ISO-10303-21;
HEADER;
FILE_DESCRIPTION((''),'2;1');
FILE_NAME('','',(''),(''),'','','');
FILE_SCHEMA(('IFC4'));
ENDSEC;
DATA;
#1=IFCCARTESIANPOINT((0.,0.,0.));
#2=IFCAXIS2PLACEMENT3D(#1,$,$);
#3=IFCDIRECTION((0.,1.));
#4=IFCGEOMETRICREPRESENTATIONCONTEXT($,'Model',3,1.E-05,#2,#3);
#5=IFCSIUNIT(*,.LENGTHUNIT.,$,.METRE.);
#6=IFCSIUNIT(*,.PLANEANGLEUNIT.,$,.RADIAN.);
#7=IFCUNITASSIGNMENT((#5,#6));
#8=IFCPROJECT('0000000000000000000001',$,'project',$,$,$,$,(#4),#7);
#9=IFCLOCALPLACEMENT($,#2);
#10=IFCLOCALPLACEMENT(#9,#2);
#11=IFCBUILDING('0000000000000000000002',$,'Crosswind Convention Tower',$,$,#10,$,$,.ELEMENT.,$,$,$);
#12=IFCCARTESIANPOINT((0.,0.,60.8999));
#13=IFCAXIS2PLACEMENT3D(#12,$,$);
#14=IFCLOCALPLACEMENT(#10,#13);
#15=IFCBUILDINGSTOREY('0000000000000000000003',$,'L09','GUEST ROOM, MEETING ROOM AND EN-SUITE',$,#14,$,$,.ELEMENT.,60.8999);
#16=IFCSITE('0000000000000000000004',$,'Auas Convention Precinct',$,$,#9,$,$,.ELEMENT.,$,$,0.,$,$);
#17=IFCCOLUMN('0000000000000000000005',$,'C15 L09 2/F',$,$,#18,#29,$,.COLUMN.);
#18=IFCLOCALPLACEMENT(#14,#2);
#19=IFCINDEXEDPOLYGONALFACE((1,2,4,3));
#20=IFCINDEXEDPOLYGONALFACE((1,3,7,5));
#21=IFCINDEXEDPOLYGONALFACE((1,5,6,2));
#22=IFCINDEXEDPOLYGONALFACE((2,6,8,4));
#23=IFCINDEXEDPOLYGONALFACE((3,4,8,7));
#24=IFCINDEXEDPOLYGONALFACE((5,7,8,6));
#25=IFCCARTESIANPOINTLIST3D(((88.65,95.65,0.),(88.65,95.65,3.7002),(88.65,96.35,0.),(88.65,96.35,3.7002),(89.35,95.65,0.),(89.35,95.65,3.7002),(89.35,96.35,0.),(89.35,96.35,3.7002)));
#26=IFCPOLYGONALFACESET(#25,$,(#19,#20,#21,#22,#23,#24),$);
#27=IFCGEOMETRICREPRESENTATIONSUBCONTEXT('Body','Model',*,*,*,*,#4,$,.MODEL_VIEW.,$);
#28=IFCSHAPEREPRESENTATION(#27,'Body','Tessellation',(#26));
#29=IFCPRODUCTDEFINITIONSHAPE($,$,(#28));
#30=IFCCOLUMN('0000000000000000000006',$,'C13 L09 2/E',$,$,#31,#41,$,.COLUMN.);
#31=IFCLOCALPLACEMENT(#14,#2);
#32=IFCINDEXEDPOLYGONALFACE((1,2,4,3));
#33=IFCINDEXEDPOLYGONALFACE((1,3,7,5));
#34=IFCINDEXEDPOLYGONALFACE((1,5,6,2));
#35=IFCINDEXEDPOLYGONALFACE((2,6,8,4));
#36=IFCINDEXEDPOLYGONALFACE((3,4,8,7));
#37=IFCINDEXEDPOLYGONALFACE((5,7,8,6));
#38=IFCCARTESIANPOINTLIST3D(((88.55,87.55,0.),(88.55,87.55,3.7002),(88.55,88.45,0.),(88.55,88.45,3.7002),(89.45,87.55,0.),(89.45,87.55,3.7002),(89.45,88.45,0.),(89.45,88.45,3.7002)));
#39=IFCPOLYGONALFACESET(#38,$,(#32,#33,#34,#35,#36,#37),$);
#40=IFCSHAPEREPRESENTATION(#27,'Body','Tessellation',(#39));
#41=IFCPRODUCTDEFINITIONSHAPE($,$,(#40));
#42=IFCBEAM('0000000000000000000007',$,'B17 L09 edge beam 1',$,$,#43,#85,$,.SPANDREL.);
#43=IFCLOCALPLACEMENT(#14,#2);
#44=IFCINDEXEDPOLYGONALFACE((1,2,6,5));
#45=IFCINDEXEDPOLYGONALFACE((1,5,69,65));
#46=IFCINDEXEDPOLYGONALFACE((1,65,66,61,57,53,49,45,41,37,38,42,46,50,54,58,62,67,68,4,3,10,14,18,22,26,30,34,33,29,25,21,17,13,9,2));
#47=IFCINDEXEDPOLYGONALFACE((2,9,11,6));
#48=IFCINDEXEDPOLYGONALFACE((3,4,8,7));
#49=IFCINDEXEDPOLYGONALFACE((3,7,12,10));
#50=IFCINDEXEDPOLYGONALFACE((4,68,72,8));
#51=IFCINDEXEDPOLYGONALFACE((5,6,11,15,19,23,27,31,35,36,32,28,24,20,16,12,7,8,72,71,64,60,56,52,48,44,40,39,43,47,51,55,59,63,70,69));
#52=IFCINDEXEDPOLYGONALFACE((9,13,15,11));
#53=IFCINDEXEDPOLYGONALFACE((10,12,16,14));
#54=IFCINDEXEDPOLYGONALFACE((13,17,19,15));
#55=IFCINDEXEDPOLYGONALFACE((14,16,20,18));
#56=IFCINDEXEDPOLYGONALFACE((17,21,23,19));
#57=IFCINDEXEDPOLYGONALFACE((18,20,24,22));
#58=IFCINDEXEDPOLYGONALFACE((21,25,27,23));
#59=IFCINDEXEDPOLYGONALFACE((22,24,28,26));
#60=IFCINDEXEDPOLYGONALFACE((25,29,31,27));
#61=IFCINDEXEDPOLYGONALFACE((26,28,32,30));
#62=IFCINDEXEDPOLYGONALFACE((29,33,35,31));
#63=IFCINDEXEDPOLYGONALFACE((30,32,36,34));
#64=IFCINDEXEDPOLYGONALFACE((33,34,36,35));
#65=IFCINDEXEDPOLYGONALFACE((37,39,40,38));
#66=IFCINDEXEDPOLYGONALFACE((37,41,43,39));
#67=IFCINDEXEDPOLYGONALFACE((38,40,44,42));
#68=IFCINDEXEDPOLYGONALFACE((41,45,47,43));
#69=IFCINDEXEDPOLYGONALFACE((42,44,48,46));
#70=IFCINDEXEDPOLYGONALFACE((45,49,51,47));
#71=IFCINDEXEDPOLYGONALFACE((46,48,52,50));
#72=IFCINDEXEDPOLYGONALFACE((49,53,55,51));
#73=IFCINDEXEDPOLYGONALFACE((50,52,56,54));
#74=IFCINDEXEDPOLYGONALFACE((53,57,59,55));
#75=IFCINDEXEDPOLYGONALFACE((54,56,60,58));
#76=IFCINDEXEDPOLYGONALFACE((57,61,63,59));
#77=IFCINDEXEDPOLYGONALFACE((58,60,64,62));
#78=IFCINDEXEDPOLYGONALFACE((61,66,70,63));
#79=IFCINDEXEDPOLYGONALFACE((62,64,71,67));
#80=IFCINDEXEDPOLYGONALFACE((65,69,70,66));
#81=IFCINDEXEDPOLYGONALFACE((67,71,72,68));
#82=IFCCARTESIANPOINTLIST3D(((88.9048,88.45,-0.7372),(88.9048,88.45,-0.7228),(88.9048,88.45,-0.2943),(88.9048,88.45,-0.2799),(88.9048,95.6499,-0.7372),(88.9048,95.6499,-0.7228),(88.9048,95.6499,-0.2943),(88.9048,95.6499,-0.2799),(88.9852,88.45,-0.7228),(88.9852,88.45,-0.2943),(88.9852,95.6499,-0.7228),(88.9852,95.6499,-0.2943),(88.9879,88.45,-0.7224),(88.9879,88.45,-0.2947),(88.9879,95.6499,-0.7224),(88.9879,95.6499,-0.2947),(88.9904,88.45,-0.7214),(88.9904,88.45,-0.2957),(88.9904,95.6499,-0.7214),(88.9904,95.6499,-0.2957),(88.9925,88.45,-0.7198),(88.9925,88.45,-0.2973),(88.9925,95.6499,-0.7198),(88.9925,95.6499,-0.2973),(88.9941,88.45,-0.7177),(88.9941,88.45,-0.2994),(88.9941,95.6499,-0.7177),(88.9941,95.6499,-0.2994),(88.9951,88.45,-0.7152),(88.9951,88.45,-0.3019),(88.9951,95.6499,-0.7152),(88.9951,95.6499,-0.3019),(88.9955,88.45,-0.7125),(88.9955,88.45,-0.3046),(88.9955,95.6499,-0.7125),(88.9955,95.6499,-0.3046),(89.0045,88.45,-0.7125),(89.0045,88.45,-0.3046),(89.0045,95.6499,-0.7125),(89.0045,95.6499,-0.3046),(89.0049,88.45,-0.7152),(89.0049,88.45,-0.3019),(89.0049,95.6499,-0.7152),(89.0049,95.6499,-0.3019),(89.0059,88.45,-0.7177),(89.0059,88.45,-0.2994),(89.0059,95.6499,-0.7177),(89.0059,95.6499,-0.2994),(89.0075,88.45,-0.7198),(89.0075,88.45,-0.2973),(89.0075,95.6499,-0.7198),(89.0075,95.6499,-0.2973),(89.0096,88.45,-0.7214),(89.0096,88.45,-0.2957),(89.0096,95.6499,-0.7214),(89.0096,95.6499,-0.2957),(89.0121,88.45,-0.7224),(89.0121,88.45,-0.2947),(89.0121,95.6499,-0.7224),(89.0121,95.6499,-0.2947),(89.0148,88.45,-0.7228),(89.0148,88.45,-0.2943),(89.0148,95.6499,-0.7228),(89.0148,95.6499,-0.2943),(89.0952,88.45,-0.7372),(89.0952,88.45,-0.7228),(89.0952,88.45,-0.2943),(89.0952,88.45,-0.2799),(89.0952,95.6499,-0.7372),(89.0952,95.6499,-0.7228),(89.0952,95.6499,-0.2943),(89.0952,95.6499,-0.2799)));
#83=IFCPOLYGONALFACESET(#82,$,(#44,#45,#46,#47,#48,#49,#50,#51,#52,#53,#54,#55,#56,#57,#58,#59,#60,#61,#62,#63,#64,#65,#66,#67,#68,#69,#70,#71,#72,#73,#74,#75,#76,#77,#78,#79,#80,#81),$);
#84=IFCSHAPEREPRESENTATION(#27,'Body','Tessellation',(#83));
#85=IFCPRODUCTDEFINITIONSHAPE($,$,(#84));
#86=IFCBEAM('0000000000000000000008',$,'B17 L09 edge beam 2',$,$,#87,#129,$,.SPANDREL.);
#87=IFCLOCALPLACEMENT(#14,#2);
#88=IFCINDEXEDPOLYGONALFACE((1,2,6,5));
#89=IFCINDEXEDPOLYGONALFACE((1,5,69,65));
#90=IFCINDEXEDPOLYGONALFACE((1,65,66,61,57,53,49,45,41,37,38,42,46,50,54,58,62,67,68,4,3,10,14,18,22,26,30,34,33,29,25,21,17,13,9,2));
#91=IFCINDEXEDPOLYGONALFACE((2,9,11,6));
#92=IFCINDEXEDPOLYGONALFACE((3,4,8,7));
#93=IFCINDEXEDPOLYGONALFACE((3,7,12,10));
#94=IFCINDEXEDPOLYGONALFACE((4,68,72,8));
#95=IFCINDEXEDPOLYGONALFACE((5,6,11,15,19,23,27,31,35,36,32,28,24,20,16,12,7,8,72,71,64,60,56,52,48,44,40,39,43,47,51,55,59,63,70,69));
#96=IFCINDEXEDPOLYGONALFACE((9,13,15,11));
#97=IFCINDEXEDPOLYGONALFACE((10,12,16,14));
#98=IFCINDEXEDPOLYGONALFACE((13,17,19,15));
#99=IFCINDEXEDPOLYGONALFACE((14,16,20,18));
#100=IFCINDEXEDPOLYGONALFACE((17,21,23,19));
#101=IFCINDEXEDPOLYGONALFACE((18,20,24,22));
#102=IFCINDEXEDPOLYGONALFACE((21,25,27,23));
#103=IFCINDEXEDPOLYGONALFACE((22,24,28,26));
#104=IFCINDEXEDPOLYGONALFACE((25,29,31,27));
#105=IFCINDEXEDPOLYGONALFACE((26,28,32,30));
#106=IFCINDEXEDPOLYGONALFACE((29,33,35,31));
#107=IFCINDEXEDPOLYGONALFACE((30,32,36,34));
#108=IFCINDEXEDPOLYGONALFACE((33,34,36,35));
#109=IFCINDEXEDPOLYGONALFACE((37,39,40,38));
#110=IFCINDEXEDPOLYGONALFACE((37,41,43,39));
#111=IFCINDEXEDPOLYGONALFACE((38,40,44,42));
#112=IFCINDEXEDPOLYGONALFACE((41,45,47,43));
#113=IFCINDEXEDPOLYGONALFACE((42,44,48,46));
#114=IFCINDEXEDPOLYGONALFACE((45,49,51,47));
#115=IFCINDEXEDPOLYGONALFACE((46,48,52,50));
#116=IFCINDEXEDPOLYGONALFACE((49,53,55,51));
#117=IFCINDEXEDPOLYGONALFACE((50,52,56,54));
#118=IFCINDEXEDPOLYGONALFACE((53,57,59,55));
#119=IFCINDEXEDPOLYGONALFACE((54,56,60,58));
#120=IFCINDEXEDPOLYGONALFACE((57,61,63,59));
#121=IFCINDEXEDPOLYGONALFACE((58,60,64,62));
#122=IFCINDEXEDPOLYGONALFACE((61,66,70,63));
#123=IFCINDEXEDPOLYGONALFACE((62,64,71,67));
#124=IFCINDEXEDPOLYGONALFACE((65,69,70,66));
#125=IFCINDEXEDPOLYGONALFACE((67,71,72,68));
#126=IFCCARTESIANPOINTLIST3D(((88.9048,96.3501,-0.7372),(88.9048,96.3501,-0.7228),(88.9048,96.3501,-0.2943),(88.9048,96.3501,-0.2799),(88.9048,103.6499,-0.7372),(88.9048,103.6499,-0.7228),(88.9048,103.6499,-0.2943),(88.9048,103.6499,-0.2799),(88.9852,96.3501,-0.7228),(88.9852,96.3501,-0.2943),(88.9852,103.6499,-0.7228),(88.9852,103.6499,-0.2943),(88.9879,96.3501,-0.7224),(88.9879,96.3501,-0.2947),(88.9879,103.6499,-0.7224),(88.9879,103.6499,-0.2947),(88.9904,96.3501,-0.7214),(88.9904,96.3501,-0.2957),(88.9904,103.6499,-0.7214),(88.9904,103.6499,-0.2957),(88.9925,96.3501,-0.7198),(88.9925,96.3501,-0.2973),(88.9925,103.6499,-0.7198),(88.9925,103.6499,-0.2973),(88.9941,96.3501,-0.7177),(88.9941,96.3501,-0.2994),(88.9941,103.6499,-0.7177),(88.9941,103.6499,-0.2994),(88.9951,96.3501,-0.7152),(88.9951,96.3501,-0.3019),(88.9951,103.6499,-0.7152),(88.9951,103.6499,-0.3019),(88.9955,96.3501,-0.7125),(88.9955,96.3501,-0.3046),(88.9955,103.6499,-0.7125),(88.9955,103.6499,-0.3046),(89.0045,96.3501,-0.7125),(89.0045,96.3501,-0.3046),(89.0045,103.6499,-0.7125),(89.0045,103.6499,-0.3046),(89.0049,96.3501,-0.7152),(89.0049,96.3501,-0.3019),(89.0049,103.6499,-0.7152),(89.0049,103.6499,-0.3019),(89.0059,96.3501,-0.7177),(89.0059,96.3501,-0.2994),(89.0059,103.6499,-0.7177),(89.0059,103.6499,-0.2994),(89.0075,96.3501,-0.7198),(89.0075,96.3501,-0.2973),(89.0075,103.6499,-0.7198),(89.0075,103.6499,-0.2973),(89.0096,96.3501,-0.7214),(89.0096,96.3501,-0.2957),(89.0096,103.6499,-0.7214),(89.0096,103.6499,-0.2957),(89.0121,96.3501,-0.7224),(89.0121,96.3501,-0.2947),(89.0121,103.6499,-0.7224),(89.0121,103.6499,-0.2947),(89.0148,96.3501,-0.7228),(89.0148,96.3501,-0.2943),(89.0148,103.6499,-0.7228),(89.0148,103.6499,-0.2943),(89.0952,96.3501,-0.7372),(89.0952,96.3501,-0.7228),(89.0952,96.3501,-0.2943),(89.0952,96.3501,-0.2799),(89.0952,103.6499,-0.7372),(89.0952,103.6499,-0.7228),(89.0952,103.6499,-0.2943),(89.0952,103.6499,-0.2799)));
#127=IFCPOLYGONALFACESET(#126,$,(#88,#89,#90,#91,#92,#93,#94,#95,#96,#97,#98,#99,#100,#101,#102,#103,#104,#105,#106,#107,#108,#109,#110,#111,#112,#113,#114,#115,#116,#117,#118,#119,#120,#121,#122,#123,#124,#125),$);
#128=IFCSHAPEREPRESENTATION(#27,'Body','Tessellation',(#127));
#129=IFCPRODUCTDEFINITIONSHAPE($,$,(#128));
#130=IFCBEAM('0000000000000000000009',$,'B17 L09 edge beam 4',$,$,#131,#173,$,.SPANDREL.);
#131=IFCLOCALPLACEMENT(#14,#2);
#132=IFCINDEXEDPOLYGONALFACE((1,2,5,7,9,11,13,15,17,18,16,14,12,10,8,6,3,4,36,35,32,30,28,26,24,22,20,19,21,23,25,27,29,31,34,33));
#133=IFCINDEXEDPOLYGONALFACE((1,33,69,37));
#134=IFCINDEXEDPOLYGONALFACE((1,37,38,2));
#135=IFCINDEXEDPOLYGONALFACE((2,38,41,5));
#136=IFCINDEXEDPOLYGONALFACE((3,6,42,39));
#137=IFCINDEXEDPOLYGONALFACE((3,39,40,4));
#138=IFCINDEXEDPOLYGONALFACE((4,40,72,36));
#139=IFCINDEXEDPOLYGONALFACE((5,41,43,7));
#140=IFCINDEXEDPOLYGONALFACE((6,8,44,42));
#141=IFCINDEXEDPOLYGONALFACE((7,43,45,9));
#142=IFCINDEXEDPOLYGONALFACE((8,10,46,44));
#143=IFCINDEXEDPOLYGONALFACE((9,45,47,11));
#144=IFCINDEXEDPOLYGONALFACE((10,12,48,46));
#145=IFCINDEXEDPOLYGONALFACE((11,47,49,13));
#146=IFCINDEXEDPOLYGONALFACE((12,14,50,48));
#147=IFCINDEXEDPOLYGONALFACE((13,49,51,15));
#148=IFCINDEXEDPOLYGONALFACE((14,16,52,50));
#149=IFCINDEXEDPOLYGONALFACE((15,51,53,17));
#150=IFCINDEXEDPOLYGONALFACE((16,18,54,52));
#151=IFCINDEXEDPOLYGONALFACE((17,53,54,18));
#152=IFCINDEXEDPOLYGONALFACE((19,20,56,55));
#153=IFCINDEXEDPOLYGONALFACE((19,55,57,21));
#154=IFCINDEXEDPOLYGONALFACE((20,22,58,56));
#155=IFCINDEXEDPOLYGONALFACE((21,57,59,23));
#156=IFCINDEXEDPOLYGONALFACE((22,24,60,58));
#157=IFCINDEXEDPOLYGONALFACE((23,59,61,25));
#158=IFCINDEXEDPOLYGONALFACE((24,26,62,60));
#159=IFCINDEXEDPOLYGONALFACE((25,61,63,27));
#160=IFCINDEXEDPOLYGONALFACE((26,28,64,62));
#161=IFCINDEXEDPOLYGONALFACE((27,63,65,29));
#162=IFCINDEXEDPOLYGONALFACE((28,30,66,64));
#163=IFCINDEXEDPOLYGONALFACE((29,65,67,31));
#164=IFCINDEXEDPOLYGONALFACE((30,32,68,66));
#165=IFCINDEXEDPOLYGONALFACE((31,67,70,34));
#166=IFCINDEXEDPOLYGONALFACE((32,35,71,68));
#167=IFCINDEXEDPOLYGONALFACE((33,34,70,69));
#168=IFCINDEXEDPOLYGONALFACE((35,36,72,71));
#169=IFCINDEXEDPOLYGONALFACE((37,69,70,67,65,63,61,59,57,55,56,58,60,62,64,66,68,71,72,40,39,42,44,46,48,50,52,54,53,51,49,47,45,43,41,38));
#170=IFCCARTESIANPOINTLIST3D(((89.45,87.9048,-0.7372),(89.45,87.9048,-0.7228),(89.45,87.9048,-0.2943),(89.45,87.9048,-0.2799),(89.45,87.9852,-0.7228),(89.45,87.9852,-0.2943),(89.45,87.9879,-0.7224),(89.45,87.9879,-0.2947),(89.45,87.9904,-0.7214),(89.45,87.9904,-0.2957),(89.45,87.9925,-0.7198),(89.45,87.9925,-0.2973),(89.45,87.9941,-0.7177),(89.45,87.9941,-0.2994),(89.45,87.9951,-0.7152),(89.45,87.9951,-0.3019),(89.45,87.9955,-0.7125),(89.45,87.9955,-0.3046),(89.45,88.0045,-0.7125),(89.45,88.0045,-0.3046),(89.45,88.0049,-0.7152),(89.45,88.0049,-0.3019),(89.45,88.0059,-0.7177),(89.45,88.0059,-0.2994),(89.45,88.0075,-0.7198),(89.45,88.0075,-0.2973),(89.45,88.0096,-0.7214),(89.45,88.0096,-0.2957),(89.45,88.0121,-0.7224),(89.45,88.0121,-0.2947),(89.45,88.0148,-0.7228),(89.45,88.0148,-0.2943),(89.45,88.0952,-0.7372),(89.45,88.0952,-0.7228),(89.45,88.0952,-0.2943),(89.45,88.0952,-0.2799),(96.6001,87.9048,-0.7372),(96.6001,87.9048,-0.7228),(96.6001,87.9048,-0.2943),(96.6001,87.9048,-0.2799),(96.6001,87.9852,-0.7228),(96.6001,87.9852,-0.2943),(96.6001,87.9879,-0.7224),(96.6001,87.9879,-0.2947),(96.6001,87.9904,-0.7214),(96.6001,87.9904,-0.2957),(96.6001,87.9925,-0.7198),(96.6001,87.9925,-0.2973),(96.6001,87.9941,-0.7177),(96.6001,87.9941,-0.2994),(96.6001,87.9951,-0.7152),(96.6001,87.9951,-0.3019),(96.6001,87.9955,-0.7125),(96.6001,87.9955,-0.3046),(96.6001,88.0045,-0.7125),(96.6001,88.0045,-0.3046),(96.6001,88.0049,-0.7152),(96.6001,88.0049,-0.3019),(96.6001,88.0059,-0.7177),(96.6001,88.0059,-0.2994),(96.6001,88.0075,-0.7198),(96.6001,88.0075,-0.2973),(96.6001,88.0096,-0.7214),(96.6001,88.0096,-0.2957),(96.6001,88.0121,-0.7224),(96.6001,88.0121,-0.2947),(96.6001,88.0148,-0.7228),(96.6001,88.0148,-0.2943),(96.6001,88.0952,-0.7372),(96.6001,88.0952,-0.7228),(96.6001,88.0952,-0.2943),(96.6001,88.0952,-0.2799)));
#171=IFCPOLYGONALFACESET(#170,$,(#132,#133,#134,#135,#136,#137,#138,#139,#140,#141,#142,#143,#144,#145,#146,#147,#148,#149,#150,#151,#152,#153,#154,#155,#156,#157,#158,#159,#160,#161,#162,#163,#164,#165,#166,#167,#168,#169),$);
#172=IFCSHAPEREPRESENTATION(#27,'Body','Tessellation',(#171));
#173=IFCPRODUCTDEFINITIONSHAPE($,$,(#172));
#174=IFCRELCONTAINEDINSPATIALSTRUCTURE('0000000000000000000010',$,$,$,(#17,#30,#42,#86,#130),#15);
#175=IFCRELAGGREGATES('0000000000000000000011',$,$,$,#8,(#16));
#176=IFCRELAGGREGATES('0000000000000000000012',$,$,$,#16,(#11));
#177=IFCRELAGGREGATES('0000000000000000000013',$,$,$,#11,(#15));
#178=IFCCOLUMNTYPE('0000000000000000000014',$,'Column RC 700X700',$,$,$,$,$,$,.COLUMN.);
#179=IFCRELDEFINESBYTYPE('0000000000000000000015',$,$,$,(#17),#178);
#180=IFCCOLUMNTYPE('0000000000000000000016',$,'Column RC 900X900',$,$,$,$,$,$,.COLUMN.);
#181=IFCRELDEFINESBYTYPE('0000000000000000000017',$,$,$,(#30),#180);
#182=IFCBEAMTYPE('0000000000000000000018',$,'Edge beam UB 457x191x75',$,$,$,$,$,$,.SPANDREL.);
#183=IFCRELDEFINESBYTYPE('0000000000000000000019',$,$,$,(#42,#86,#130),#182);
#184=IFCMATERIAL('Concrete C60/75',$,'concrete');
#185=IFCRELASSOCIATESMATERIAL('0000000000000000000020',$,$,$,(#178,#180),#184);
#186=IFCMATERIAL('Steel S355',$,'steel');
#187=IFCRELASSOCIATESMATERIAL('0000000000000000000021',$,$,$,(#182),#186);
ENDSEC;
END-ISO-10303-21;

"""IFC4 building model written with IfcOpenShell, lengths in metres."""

from ifc_helpers import new_model, si_unit, direction, frame, origin, origin_2d, place, context, subcontext, project, spatial, rectangle, i_section, extrude, material, material_profile, profile_set, type_object, element, save


model = new_model("IFC4")

# Units and contexts
model_context = context("Model", 3, precision=1e-05, world=origin(), true_north=direction((0.0, 1.0)))
body_context = subcontext(model_context, "Body", "Model", "MODEL_VIEW")
ifc_project = project(units=[si_unit("LENGTHUNIT", "METRE"), si_unit("PLANEANGLEUNIT", "RADIAN")], contexts=[model_context])

# Site, building, storey
site_placement = place(None, origin())
site = spatial("IfcSite", under=ifc_project, at=site_placement, Name="Auas Convention Precinct", CompositionType="ELEMENT", RefElevation=0.0)
building_placement = place(site_placement, origin())
building = spatial("IfcBuilding", under=site, at=building_placement, Name="Crosswind Convention Tower", CompositionType="ELEMENT")
storey_placement = place(building_placement, frame((0.0, 0.0, 60.8999)))
storey = spatial("IfcBuildingStorey", under=building, at=storey_placement, Name="L09", Description="GUEST ROOM, MEETING ROOM AND EN-SUITE", CompositionType="ELEMENT", Elevation=60.8999)

# Columns
ifc_material_1 = material(Name="Concrete C60/75", Category="concrete")
ifc_material_profile_1 = material_profile(ifc_material_1, rectangle(XDim=0.7, YDim=0.7, at=origin_2d()), Name="RC 700X700")
ifc_profile_set_1 = profile_set([ifc_material_profile_1], Name="Concrete C60/75")
column_type_1 = type_object("IfcColumnType", Name="Column RC 700X700", PredefinedType="COLUMN", material=ifc_profile_set_1)
column_1_placement = place(storey_placement, frame((89.0, 96.0, 0.0), z_axis=(0.0, 0.0, 1.0), x_axis=(1.0, 0.0, 0.0)))
element("IfcColumn", 1, at=column_1_placement, inside=storey, type_object=column_type_1, Name="C15 L09 2/F", PredefinedType="COLUMN", context=body_context, shape_type="SweptSolid", body=[
    extrude(rectangle(XDim=0.7, YDim=0.7, at=origin_2d()), origin(), (0.0, 0.0, 1.0), 3.7002),
])
ifc_material_profile_2 = material_profile(ifc_material_1, rectangle(XDim=0.8999, YDim=0.8999, at=origin_2d()), Name="RC 900X900")
ifc_profile_set_2 = profile_set([ifc_material_profile_2], Name="Concrete C60/75")
column_type_2 = type_object("IfcColumnType", Name="Column RC 900X900", PredefinedType="COLUMN", material=ifc_profile_set_2)
column_2_placement = place(storey_placement, frame((89.0, 88.0, 0.0), z_axis=(0.0, 0.0, 1.0), x_axis=(1.0, 0.0, 0.0)))
element("IfcColumn", 2, at=column_2_placement, inside=storey, type_object=column_type_2, Name="C13 L09 2/E", PredefinedType="COLUMN", context=body_context, shape_type="SweptSolid", body=[
    extrude(rectangle(XDim=0.8999, YDim=0.8999, at=origin_2d()), origin(), (0.0, 0.0, 1.0), 3.7002),
])

# Beams
ifc_material_2 = material(Name="Steel S355", Category="steel")
ifc_material_profile_3 = material_profile(ifc_material_2, i_section(OverallWidth=0.1904, OverallDepth=0.4573, WebThickness=0.009, FlangeThickness=0.0144, FilletRadius=0.0103, at=origin_2d()), Name="UB 457x191x75")
ifc_profile_set_3 = profile_set([ifc_material_profile_3], Name="Steel S355")
beam_type_1 = type_object("IfcBeamType", Name="Edge beam UB 457x191x75", PredefinedType="SPANDREL", material=ifc_profile_set_3)
beam_1_placement = place(storey_placement, frame((89.0, 88.45, -0.5085), z_axis=(0.0, 1.0, 0.0), x_axis=(-1.0, 0.0, 0.0)))
element("IfcBeam", 3, at=beam_1_placement, inside=storey, type_object=beam_type_1, Name="B17 L09 edge beam 1", PredefinedType="SPANDREL", context=body_context, shape_type="SweptSolid", body=[
    extrude(i_section(OverallWidth=0.1904, OverallDepth=0.4573, WebThickness=0.009, FlangeThickness=0.0144, FilletRadius=0.0103, at=origin_2d()), origin(), (0.0, 0.0, 1.0), 7.2),
])
beam_2_placement = place(storey_placement, frame((89.0, 96.3501, -0.5085), z_axis=(0.0, 1.0, 0.0), x_axis=(-1.0, 0.0, 0.0)))
element("IfcBeam", 4, at=beam_2_placement, inside=storey, type_object=beam_type_1, Name="B17 L09 edge beam 2", PredefinedType="SPANDREL", context=body_context, shape_type="SweptSolid", body=[
    extrude(i_section(OverallWidth=0.1904, OverallDepth=0.4573, WebThickness=0.009, FlangeThickness=0.0144, FilletRadius=0.0103, at=origin_2d()), origin(), (0.0, 0.0, 1.0), 7.2998),
])
beam_3_placement = place(storey_placement, frame((89.45, 88.0, -0.5085), z_axis=(1.0, 0.0, 0.0), x_axis=(0.0, 1.0, 0.0)))
element("IfcBeam", 5, at=beam_3_placement, inside=storey, type_object=beam_type_1, Name="B17 L09 edge beam 4", PredefinedType="SPANDREL", context=body_context, shape_type="SweptSolid", body=[
    extrude(i_section(OverallWidth=0.1904, OverallDepth=0.4573, WebThickness=0.009, FlangeThickness=0.0144, FilletRadius=0.0103, at=origin_2d()), origin(), (0.0, 0.0, 1.0), 7.1501),
])

save(model, "model.ifc")
